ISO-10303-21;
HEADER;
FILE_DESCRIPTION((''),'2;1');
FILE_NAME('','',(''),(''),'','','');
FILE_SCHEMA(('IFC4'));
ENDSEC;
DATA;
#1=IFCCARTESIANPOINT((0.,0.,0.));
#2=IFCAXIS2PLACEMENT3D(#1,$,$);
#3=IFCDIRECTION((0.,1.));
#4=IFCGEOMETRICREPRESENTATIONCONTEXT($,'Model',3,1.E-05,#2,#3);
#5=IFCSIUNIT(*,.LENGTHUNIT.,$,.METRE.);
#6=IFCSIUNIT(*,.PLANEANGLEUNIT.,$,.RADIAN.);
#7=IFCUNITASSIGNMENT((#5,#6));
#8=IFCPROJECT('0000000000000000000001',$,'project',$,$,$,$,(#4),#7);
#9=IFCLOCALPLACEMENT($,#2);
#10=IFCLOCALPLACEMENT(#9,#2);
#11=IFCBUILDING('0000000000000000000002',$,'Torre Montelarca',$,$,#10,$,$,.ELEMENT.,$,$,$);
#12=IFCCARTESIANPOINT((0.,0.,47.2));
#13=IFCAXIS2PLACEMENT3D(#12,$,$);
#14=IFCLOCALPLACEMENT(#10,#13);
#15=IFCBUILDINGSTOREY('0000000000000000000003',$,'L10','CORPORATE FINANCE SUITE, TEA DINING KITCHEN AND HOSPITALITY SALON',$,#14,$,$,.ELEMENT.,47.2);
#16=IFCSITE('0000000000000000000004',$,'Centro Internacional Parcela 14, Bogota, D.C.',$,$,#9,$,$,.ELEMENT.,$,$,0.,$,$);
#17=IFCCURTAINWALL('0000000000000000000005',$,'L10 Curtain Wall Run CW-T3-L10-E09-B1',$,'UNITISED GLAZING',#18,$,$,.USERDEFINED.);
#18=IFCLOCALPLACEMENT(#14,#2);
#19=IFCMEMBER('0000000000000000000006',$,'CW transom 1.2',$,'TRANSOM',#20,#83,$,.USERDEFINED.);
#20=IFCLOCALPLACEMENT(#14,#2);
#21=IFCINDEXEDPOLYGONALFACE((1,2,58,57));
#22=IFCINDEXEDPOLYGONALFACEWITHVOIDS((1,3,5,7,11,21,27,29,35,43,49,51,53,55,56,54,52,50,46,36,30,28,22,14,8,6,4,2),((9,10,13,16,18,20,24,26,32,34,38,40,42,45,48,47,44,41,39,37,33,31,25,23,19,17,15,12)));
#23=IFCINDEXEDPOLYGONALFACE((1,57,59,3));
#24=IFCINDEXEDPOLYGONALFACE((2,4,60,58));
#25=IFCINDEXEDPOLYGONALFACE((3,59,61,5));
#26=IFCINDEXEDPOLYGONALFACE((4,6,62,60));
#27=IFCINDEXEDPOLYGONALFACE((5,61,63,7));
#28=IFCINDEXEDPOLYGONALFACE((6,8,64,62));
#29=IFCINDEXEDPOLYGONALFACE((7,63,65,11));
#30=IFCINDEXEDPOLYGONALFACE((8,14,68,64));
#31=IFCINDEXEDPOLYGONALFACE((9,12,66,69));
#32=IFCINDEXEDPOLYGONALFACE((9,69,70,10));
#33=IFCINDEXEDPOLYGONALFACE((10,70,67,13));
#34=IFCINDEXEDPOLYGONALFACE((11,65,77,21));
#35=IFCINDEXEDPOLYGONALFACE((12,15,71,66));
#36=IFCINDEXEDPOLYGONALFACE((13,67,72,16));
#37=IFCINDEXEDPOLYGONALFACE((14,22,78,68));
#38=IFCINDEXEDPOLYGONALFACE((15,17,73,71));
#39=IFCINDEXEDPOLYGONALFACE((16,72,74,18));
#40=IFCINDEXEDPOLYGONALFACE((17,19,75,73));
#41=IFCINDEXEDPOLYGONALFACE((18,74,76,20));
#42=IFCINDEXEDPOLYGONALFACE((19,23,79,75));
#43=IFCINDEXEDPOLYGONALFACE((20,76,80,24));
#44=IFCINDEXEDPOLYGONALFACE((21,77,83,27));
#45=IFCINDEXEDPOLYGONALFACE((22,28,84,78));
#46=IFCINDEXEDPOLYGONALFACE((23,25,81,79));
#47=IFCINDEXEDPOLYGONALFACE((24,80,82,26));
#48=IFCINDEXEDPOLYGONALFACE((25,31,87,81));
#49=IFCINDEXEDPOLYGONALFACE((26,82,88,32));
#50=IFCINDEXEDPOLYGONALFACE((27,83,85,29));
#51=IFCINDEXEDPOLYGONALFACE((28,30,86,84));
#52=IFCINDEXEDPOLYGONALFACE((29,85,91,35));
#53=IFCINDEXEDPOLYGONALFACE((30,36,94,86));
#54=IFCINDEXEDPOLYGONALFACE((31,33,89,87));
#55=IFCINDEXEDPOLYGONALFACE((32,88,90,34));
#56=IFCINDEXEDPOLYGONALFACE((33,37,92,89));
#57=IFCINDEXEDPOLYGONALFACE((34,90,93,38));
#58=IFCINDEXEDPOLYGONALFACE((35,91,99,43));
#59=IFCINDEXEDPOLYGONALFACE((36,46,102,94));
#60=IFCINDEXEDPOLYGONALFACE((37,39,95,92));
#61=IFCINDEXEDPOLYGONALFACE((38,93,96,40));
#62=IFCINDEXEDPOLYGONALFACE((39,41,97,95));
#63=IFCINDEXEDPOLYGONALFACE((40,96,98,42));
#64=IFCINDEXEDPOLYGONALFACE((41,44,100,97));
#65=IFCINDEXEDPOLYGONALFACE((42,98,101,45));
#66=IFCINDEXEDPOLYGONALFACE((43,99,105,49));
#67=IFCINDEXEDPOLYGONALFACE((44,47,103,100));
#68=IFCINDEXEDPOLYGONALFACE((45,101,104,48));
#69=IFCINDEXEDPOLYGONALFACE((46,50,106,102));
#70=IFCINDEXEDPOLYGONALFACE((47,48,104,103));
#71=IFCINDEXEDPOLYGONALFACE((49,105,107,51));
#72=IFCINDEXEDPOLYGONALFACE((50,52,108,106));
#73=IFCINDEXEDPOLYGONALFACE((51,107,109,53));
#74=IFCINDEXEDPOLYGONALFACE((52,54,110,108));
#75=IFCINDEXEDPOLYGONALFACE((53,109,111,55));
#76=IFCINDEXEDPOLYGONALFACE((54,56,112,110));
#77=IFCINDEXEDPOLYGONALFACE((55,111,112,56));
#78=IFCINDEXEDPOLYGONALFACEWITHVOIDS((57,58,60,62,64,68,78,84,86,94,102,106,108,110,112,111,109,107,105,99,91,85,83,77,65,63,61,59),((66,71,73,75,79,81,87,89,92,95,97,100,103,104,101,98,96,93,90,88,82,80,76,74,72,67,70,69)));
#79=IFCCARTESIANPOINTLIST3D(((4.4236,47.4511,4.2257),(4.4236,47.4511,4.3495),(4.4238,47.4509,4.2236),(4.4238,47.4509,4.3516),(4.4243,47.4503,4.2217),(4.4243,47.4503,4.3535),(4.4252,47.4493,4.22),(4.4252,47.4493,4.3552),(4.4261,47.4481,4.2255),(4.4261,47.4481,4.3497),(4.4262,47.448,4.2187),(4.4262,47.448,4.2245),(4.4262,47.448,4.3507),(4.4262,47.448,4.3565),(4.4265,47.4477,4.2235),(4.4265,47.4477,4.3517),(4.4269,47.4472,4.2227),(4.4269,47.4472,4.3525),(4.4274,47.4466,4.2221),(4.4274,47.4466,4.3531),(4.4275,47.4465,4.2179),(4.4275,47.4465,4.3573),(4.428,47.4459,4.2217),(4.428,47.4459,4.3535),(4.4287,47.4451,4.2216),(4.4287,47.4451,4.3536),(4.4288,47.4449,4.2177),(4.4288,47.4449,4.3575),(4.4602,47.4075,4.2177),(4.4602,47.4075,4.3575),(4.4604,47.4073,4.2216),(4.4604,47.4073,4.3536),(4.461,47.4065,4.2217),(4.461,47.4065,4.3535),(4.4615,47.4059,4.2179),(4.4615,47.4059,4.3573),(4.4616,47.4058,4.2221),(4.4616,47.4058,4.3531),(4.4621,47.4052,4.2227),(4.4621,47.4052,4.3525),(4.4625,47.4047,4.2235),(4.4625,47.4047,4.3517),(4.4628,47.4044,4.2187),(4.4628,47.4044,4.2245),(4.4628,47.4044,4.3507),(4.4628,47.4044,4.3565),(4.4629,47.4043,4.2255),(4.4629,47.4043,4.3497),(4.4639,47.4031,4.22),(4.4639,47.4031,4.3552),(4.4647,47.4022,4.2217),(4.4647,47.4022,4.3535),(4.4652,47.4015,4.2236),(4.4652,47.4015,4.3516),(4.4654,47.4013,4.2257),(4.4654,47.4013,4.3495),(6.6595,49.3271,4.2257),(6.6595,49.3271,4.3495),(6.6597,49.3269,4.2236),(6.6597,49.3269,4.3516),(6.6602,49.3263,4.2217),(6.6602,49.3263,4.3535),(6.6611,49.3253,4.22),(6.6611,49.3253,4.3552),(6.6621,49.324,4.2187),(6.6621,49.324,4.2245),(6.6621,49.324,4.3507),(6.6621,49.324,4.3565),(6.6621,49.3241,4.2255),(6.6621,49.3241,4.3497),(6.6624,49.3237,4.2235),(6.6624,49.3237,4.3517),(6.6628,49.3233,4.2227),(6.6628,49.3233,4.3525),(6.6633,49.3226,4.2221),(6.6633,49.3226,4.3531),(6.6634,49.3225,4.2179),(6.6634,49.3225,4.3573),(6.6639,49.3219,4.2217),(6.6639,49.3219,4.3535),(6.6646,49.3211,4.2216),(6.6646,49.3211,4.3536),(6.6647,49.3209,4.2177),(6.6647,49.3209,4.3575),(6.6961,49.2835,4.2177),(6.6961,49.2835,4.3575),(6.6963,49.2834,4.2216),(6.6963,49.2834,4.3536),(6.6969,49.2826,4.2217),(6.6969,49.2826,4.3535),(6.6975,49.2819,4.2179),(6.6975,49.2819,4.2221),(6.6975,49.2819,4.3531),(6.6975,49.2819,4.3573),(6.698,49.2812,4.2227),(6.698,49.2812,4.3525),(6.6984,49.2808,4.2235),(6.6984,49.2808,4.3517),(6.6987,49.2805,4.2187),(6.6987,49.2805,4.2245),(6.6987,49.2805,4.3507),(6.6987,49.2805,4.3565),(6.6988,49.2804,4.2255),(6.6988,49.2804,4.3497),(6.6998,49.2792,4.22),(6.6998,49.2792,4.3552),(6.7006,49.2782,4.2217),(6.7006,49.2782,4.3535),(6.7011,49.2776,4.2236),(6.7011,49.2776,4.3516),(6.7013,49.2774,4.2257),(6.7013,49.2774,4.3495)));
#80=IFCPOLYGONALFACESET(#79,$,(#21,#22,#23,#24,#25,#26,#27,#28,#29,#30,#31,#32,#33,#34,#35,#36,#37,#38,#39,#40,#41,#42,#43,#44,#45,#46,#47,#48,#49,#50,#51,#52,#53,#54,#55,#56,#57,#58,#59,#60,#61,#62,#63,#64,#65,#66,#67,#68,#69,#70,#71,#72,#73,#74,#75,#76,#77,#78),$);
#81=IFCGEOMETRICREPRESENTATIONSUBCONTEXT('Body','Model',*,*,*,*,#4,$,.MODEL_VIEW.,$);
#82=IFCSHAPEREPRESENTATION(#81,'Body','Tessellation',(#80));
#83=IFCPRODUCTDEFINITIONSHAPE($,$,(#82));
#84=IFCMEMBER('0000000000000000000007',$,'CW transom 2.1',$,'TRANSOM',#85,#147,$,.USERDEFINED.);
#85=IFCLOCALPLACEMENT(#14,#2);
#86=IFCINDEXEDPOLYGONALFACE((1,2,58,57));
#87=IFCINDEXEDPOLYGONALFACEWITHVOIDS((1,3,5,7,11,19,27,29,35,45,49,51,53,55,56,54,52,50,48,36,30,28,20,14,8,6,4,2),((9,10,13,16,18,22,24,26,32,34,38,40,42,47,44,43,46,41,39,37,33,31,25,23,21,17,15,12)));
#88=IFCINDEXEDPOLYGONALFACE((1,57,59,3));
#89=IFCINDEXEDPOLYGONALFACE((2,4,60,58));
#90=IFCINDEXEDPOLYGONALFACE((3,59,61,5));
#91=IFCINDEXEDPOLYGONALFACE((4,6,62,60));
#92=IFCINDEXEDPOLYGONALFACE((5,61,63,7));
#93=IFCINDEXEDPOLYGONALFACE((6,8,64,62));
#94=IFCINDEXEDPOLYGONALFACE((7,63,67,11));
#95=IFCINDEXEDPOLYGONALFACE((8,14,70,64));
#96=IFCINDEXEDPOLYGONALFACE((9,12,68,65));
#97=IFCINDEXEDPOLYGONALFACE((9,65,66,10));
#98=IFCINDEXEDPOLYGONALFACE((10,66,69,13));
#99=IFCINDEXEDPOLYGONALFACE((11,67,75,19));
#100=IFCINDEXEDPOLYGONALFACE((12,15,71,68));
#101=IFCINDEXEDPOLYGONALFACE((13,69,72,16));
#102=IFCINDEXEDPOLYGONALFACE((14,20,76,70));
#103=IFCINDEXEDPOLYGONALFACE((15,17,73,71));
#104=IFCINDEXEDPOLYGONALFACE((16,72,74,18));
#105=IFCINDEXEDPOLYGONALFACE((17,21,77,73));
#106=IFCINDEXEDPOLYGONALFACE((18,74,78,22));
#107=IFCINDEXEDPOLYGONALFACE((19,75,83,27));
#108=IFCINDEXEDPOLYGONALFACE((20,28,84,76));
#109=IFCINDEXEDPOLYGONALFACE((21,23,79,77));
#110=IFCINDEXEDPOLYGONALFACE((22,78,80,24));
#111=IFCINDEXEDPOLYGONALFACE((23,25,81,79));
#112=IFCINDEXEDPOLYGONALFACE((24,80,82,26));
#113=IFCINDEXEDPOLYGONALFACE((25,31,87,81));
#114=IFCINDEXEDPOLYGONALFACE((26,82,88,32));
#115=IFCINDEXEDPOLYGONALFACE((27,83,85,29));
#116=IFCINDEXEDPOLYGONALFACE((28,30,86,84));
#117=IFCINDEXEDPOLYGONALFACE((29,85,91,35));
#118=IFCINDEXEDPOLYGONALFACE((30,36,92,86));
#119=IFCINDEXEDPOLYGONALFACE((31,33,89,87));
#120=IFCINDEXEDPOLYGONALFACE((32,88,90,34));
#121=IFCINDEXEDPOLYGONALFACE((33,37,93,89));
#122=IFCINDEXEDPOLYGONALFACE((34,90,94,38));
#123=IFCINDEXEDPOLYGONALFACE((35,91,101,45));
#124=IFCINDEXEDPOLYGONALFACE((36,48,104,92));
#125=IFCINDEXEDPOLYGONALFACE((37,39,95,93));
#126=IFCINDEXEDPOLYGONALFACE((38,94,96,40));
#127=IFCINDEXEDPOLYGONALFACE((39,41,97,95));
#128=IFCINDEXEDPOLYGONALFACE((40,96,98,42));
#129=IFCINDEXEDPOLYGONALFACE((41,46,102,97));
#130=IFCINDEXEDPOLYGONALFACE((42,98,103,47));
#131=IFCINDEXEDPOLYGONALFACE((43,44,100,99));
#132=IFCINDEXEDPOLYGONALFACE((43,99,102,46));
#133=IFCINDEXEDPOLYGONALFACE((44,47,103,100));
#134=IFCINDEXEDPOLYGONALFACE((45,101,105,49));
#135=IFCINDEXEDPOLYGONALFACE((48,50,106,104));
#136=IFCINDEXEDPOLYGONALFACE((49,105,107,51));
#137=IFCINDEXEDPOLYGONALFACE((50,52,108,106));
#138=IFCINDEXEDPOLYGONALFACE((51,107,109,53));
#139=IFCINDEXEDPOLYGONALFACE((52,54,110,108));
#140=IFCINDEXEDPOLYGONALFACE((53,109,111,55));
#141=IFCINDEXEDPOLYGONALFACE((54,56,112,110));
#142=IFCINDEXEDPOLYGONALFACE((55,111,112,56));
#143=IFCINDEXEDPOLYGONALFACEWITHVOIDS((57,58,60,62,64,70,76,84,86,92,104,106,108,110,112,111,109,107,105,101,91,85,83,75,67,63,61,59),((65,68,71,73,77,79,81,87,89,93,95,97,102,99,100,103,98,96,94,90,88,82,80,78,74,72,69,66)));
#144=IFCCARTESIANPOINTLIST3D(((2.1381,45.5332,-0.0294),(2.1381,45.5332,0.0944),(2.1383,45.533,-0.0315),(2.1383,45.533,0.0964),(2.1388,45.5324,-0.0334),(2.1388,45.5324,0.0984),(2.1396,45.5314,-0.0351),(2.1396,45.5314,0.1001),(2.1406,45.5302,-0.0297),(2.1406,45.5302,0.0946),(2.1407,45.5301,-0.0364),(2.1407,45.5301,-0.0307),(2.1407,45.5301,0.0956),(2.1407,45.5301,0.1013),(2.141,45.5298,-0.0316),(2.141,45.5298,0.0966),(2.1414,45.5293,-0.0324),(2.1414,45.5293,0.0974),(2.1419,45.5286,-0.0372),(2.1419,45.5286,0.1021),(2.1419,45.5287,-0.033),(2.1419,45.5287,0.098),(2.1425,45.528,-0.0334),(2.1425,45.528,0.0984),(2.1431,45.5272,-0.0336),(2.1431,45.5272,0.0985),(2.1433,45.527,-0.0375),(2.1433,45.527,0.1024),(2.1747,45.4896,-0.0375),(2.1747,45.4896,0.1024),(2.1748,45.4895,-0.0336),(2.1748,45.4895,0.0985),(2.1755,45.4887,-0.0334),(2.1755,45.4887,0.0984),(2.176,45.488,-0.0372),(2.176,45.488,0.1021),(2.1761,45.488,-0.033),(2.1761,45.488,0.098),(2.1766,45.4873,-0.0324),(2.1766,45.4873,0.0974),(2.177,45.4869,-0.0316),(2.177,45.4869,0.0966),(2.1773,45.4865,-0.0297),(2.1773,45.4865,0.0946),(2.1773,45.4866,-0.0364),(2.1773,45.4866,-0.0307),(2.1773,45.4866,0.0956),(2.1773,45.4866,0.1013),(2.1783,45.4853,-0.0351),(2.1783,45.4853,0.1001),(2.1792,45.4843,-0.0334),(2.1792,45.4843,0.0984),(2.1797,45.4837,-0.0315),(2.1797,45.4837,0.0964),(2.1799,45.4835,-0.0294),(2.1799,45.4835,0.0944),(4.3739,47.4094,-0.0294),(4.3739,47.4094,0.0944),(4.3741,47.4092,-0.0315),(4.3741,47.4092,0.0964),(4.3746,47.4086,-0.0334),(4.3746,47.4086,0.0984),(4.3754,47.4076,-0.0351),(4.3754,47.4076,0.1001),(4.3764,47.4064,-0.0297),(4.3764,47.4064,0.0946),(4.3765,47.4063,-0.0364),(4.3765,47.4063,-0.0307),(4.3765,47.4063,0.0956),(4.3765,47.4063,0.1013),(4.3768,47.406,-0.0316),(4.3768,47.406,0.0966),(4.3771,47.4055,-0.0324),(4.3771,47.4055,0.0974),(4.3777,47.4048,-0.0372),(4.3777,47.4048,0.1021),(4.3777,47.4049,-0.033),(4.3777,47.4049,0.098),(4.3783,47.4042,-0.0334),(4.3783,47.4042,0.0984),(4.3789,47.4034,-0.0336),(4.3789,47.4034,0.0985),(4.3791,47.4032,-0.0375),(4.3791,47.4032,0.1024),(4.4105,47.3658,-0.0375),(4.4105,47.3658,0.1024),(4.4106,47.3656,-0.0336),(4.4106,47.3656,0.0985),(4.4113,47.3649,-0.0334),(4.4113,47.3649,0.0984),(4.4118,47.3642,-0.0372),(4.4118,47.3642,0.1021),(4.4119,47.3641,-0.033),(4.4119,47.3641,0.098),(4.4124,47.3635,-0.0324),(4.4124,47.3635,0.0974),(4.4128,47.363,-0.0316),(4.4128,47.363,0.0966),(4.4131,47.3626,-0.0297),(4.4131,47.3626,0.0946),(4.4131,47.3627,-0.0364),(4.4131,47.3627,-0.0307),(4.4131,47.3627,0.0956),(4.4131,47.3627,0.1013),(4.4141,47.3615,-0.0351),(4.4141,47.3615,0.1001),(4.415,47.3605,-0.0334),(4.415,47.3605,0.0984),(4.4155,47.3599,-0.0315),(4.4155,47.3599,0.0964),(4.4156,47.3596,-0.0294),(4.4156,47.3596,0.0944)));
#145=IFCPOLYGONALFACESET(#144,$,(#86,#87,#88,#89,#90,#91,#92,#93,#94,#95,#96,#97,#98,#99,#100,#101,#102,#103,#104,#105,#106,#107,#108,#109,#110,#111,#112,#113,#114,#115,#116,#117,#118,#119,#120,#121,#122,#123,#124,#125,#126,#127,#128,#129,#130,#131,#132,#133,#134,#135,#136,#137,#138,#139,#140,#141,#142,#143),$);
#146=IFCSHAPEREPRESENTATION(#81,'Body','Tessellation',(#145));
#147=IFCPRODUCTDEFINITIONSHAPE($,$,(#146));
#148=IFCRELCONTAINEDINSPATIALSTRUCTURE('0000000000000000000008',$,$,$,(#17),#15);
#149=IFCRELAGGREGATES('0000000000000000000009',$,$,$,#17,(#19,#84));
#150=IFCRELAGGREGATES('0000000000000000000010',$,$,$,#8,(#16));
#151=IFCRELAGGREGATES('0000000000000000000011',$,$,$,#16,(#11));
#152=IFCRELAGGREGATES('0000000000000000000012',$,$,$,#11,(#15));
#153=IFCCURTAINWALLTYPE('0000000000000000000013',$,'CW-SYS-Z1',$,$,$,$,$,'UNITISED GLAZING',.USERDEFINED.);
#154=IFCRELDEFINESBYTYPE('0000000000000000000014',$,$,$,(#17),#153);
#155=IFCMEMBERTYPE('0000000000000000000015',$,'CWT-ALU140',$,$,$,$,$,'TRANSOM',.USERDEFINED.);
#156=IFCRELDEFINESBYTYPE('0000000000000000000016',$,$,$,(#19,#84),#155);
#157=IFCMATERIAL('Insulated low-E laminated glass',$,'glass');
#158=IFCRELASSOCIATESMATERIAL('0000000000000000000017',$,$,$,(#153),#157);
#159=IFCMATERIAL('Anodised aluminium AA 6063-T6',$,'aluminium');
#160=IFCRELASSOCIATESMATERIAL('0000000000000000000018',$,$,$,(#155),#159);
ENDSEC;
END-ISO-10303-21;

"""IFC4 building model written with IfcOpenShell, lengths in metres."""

from ifc_helpers import new_model, si_unit, direction, frame, origin, origin_2d, place, context, subcontext, project, spatial, hollow_rectangle, extrude, source, transform, mapped, material, material_profile, profile_set, type_object, element, aggregate, save


model = new_model("IFC4")

# Units and contexts
model_context = context("Model", 3, precision=1e-05, world=origin(), true_north=direction((0.0, 1.0)))
body_context = subcontext(model_context, "Body", "Model", "MODEL_VIEW")
ifc_project = project(units=[si_unit("LENGTHUNIT", "METRE"), si_unit("PLANEANGLEUNIT", "RADIAN")], contexts=[model_context])

# Site, building, storey
site_placement = place(None, origin())
site = spatial("IfcSite", under=ifc_project, at=site_placement, Name="Centro Internacional Parcela 14, Bogota, D.C.", CompositionType="ELEMENT", RefElevation=0.0)
building_placement = place(site_placement, origin())
building = spatial("IfcBuilding", under=site, at=building_placement, Name="Torre Montelarca", CompositionType="ELEMENT")
storey_placement = place(building_placement, frame((0.0, 0.0, 47.2)))
storey = spatial("IfcBuildingStorey", under=building, at=storey_placement, Name="L10", Description="CORPORATE FINANCE SUITE, TEA DINING KITCHEN AND HOSPITALITY SALON", CompositionType="ELEMENT", Elevation=47.2)

# Curtain wall
ifc_material_1 = material(Name="Insulated low-E laminated glass", Category="glass")
curtain_wall_type = type_object("IfcCurtainWallType", Name="CW-SYS-Z1", ElementType="UNITISED GLAZING", PredefinedType="USERDEFINED", material=ifc_material_1)
curtain_wall_1_placement = place(storey_placement, origin())
curtain_wall_1 = element("IfcCurtainWall", 1, at=curtain_wall_1_placement, inside=storey, type_object=curtain_wall_type, Name="L10 Curtain Wall Run CW-T3-L10-E09-B1", ObjectType="UNITISED GLAZING", PredefinedType="USERDEFINED")
ifc_material_2 = material(Name="Anodised aluminium AA 6063-T6", Category="aluminium")

# Members
ifc_material_profile_1 = material_profile(ifc_material_2, hollow_rectangle(XDim=0.0649, YDim=0.1399, WallThickness=0.0039, InnerFilletRadius=0.0039, OuterFilletRadius=0.0081, at=origin_2d()), Name="ALU65X140X4", Category="aluminium")
ifc_profile_set_1 = profile_set([ifc_material_profile_1], Name="Anodised aluminium AA 6063-T6")
member_type_1 = type_object("IfcMemberType", Name="CWT-ALU140", ElementType="TRANSOM", PredefinedType="USERDEFINED", material=ifc_profile_set_1)
shared_shape_1 = source(origin(), body_context, "Body", "SweptSolid", [
    extrude(hollow_rectangle(XDim=0.0649, YDim=0.1399, WallThickness=0.0039, InnerFilletRadius=0.0039, OuterFilletRadius=0.0081, at=origin_2d()), origin(), (0.0, 0.0, 1.0), 2.9187),
])
member_1_placement = place(storey_placement, frame((6.6804, 49.3022, 4.2876), z_axis=(-0.766064, -0.642764, 0.0), x_axis=(0.642764, -0.766064, 0.0)))
member_1 = element("IfcMember", 2, at=member_1_placement, type_object=member_type_1, Name="CW transom 1.2", ObjectType="TRANSOM", PredefinedType="USERDEFINED", context=body_context, shape_type="MappedRepresentation", body=[
    mapped(shared_shape_1, transform((0.0, 0.0, 0.0), scale=1.0)),
])
member_2_placement = place(storey_placement, frame((4.3948, 47.3845, 0.0325), z_axis=(-0.766023, -0.642813, 0.0), x_axis=(0.642813, -0.766023, 0.0)))
member_2 = element("IfcMember", 3, at=member_2_placement, type_object=member_type_1, Name="CW transom 2.1", ObjectType="TRANSOM", PredefinedType="USERDEFINED", context=body_context, shape_type="MappedRepresentation", body=[
    mapped(shared_shape_1, transform((0.0, 0.0, 0.0), scale=1.0)),
])

aggregate(curtain_wall_1, [member_1, member_2])

save(model, "model.ifc")
